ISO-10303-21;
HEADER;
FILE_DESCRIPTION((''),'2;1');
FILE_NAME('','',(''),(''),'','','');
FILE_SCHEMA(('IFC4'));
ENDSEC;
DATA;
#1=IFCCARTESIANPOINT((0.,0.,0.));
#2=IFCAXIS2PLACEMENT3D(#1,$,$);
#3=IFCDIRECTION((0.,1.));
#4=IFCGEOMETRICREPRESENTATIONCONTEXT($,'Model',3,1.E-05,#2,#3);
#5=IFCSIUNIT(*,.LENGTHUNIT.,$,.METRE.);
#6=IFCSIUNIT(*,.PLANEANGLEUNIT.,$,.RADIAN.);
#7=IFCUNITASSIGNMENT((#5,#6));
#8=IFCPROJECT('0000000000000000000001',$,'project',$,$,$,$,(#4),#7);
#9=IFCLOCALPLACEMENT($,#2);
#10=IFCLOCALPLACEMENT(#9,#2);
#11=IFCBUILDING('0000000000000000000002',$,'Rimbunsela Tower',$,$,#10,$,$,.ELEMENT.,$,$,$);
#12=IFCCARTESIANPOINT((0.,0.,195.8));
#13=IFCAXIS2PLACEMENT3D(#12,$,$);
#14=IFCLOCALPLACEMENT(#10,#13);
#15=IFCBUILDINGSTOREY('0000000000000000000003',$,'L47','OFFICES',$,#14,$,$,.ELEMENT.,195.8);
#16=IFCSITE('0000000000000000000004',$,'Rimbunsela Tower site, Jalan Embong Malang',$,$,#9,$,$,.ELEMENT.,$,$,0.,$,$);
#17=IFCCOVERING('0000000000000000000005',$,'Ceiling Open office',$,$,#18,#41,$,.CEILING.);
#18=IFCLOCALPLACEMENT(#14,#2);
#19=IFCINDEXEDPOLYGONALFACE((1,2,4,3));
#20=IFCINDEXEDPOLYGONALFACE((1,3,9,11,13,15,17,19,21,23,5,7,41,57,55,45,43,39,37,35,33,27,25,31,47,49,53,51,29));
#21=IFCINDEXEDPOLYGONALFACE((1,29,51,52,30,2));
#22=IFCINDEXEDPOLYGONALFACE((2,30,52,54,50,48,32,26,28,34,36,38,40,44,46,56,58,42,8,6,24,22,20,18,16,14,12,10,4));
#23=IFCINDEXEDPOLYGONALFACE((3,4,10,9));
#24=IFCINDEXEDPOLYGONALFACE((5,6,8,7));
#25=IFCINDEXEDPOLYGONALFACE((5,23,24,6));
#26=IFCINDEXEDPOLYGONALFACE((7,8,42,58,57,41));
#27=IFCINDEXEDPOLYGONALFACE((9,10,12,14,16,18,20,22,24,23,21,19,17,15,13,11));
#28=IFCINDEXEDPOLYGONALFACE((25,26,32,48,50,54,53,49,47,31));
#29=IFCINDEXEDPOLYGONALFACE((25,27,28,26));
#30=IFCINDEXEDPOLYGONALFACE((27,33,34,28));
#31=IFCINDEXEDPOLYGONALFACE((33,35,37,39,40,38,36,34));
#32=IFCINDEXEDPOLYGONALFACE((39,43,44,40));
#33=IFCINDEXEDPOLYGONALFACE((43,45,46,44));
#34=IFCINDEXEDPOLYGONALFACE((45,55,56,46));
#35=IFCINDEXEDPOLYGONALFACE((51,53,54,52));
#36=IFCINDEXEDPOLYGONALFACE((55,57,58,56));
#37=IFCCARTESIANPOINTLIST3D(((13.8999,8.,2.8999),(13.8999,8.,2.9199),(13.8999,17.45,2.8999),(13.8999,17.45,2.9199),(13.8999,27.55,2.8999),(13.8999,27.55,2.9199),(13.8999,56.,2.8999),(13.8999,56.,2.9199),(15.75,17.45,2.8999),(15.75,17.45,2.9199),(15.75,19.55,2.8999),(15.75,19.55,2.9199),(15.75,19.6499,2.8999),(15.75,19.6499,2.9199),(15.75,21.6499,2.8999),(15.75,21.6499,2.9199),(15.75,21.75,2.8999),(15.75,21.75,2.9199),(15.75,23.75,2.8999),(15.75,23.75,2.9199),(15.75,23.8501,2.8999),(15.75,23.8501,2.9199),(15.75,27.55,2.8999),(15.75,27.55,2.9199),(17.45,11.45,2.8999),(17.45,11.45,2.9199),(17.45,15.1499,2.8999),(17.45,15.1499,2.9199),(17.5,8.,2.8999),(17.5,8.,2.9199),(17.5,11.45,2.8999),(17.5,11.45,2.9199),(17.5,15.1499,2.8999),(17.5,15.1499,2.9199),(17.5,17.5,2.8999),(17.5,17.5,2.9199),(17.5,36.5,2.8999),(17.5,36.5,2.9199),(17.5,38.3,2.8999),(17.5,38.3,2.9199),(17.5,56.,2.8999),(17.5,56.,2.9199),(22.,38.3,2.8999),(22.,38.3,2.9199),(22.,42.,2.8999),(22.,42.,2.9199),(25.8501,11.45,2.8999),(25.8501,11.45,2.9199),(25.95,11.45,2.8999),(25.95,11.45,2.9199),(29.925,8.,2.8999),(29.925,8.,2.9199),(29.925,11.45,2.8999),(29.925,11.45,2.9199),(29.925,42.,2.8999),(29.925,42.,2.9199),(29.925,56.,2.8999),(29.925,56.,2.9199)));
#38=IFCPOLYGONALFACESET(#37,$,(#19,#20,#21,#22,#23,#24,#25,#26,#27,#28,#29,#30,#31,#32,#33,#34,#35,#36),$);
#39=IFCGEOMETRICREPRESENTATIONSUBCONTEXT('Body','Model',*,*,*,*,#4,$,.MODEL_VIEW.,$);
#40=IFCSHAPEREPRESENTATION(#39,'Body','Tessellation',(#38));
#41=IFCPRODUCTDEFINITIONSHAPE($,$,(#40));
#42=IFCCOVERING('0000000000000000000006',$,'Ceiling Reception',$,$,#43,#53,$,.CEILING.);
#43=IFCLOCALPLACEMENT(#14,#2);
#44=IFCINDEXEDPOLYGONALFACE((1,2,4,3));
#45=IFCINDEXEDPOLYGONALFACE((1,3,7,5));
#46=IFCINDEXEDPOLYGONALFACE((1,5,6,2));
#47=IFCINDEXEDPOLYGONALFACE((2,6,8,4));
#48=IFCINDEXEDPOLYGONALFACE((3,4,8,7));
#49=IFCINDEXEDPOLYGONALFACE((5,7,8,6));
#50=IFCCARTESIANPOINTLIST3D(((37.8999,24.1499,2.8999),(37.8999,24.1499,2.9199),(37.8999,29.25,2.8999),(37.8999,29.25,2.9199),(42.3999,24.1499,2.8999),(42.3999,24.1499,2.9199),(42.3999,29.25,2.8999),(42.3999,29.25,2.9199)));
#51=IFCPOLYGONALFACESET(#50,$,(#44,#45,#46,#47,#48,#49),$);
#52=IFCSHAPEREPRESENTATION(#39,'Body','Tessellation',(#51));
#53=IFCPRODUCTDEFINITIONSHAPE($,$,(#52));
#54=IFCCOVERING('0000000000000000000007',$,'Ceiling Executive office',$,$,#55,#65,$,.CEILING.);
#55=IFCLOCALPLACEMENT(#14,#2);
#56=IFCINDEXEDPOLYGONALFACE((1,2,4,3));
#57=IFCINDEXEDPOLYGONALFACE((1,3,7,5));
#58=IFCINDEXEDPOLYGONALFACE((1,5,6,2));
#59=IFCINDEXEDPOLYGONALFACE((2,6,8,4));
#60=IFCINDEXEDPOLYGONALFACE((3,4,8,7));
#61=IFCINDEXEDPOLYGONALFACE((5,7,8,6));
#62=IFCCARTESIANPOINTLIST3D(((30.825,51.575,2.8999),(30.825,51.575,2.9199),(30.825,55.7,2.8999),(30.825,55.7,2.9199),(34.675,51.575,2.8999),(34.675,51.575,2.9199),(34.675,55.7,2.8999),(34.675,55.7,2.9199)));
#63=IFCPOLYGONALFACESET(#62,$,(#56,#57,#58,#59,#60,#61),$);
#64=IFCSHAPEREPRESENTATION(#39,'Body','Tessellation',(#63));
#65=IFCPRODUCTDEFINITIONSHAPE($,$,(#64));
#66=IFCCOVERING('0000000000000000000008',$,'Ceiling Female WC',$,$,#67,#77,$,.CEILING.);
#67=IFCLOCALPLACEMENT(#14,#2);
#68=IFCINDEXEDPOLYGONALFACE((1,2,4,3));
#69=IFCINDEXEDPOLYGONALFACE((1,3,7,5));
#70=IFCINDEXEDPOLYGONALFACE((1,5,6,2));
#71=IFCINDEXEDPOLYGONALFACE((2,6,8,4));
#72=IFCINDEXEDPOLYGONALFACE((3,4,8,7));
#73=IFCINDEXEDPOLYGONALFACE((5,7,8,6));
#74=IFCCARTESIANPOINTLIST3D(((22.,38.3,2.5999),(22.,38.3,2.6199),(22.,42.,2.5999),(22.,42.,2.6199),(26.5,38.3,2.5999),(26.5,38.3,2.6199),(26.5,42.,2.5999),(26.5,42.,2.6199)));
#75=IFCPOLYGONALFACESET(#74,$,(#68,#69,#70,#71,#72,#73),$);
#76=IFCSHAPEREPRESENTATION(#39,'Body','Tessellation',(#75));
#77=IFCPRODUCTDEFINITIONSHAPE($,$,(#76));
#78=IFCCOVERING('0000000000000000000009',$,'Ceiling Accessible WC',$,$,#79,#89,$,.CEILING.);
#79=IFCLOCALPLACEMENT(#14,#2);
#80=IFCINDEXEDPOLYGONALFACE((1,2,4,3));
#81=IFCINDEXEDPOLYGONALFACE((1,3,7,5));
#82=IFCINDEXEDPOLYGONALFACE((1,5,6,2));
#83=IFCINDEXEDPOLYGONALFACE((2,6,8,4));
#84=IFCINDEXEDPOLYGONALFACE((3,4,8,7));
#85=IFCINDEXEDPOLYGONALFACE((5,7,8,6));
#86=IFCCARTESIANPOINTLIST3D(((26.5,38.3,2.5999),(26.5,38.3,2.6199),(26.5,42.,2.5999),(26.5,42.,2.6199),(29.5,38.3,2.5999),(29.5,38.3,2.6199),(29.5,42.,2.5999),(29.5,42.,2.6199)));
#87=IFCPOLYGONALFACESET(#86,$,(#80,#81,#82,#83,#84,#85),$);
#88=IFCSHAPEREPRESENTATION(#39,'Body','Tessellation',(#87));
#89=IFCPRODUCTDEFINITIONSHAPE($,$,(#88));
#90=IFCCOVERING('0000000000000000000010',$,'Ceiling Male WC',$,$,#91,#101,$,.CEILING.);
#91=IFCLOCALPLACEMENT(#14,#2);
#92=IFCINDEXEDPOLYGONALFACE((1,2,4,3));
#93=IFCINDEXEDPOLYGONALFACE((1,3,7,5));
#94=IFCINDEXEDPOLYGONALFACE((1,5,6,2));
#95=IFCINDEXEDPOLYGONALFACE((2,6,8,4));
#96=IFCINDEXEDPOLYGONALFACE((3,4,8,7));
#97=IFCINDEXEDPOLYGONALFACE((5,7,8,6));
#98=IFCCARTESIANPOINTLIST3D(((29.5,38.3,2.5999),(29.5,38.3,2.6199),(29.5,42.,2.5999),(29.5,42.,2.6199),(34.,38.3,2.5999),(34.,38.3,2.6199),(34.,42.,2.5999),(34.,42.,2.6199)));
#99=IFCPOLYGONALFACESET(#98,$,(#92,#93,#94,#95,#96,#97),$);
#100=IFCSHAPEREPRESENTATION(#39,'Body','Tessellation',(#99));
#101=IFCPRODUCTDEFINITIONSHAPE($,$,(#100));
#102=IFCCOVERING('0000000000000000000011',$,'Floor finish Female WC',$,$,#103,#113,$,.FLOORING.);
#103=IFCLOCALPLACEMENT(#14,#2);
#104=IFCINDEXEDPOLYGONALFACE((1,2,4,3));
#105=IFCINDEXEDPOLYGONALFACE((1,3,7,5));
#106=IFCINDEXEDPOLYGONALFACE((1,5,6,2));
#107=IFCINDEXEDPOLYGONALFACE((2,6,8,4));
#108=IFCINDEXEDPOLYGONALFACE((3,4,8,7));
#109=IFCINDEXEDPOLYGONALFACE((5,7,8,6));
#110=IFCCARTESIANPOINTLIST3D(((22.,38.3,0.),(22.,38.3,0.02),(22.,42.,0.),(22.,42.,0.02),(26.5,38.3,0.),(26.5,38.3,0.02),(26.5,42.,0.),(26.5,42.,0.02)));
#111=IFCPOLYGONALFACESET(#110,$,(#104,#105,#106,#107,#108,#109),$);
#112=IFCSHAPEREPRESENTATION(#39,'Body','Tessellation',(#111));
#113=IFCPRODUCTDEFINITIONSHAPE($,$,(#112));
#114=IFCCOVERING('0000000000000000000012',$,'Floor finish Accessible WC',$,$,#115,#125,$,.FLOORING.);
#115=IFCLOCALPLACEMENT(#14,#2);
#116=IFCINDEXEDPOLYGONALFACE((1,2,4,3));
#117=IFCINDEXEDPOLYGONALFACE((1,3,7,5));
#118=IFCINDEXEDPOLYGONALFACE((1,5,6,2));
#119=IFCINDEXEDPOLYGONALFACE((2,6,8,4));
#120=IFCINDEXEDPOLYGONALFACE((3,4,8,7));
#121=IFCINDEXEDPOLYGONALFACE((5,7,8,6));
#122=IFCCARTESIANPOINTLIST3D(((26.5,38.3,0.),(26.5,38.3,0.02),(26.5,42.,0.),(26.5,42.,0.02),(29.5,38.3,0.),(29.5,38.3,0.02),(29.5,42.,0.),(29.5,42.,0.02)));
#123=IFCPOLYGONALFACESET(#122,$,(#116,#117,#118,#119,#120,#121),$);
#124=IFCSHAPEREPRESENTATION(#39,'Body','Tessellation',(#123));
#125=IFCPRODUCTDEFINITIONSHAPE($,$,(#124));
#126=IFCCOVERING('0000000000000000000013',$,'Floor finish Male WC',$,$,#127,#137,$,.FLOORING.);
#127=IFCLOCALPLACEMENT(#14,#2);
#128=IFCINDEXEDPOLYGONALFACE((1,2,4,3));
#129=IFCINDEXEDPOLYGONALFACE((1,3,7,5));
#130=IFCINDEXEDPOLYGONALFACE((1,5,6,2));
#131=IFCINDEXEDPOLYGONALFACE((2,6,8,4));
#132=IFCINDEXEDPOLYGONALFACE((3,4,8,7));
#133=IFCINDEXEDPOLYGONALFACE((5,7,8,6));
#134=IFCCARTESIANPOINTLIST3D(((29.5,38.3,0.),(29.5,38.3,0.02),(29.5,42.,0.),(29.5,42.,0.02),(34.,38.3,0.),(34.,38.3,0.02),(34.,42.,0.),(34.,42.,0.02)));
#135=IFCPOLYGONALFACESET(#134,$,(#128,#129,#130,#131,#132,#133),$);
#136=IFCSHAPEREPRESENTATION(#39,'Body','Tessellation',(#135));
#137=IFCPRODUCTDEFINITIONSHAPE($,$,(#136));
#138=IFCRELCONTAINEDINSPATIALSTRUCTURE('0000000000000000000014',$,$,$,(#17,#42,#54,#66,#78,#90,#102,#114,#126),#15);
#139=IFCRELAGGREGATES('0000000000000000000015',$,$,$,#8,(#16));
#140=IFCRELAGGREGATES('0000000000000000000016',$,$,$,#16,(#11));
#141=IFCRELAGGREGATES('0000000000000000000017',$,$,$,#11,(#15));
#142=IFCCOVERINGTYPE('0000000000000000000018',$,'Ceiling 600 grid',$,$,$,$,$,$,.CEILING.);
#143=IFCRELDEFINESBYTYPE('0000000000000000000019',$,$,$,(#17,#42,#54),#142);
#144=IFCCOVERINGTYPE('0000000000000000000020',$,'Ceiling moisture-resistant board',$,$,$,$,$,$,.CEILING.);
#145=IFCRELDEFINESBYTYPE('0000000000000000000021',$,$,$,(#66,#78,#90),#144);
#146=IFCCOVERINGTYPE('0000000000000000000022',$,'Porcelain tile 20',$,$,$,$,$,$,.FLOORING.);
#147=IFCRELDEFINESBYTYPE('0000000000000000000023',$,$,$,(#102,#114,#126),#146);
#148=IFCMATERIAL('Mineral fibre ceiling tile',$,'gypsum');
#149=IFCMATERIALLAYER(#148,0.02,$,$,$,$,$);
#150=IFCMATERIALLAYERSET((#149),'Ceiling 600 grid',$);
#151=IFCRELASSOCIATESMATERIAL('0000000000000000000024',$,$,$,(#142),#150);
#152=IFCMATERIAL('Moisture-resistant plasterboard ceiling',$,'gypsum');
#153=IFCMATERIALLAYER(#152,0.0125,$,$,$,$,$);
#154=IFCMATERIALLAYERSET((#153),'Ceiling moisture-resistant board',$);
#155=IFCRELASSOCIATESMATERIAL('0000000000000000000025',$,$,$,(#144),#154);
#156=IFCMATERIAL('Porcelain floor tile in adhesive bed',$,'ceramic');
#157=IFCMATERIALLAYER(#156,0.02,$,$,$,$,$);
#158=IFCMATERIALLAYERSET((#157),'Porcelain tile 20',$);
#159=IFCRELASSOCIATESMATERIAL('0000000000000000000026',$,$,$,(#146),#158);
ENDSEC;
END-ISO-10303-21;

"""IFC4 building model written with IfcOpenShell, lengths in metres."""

from ifc_helpers import new_model, si_unit, direction, frame, origin, place, context, subcontext, project, spatial, polyline, outline, extrude, material, layer, layer_set, type_object, element, save


model = new_model("IFC4")

# Units and contexts
model_context = context("Model", 3, precision=1e-05, world=origin(), true_north=direction((0.0, 1.0)))
body_context = subcontext(model_context, "Body", "Model", "MODEL_VIEW")
ifc_project = project(units=[si_unit("LENGTHUNIT", "METRE"), si_unit("PLANEANGLEUNIT", "RADIAN")], contexts=[model_context])

# Site, building, storey
site_placement = place(None, origin())
site = spatial("IfcSite", under=ifc_project, at=site_placement, Name="Rimbunsela Tower site, Jalan Embong Malang", CompositionType="ELEMENT", RefElevation=0.0)
building_placement = place(site_placement, origin())
building = spatial("IfcBuilding", under=site, at=building_placement, Name="Rimbunsela Tower", CompositionType="ELEMENT")
storey_placement = place(building_placement, frame((0.0, 0.0, 195.8)))
storey = spatial("IfcBuildingStorey", under=building, at=storey_placement, Name="L47", Description="OFFICES", CompositionType="ELEMENT", Elevation=195.8)

# Coverings
ifc_material_1 = material(Name="Mineral fibre ceiling tile", Category="gypsum")
ifc_layer_1 = layer(ifc_material_1, 0.02)
ifc_layer_set_1 = layer_set([ifc_layer_1], Name="Ceiling 600 grid")
covering_type_1 = type_object("IfcCoveringType", Name="Ceiling 600 grid", PredefinedType="CEILING", material=ifc_layer_set_1)
covering_1_placement = place(storey_placement, frame((0.0, 0.0, 2.8999)))
element("IfcCovering", 1, at=covering_1_placement, inside=storey, type_object=covering_type_1, Name="Ceiling Open office", PredefinedType="CEILING", context=body_context, shape_type="SweptSolid", body=[
    extrude(outline(polyline([(17.5, 8.0), (13.8999, 8.0), (13.8999, 17.45), (15.75, 17.45), (15.75, 19.55), (15.75, 19.6499), (15.75, 21.6499), (15.75, 21.75), (15.75, 23.75), (15.75, 23.8501), (15.75, 27.55), (13.8999, 27.55), (13.8999, 56.0), (17.5, 56.0), (29.925, 56.0), (29.925, 42.0), (22.0, 42.0), (22.0, 38.3), (17.5, 38.3), (17.5, 36.5), (17.5, 17.5), (17.5, 15.1499), (17.45, 15.1499), (17.45, 11.45), (17.5, 11.45), (25.8501, 11.45), (25.95, 11.45), (29.925, 11.45), (29.925, 8.0), (17.5, 8.0)])), origin(), (0.0, 0.0, 1.0), 0.02),
])
covering_2_placement = place(storey_placement, frame((0.0, 0.0, 2.8999)))
element("IfcCovering", 2, at=covering_2_placement, inside=storey, type_object=covering_type_1, Name="Ceiling Reception", PredefinedType="CEILING", context=body_context, shape_type="SweptSolid", body=[
    extrude(outline(polyline([(42.3999, 24.1499), (42.3999, 29.25), (37.8999, 29.25), (37.8999, 24.1499), (42.3999, 24.1499)])), origin(), (0.0, 0.0, 1.0), 0.02),
])
covering_3_placement = place(storey_placement, frame((0.0, 0.0, 2.8999)))
element("IfcCovering", 3, at=covering_3_placement, inside=storey, type_object=covering_type_1, Name="Ceiling Executive office", PredefinedType="CEILING", context=body_context, shape_type="SweptSolid", body=[
    extrude(outline(polyline([(34.675, 51.575), (34.675, 55.7), (30.825, 55.7), (30.825, 51.575), (34.675, 51.575)])), origin(), (0.0, 0.0, 1.0), 0.02),
])
ifc_material_2 = material(Name="Moisture-resistant plasterboard ceiling", Category="gypsum")
ifc_layer_2 = layer(ifc_material_2, 0.0125)
ifc_layer_set_2 = layer_set([ifc_layer_2], Name="Ceiling moisture-resistant board")
covering_type_2 = type_object("IfcCoveringType", Name="Ceiling moisture-resistant board", PredefinedType="CEILING", material=ifc_layer_set_2)
covering_4_placement = place(storey_placement, frame((0.0, 0.0, 2.5999)))
element("IfcCovering", 4, at=covering_4_placement, inside=storey, type_object=covering_type_2, Name="Ceiling Female WC", PredefinedType="CEILING", context=body_context, shape_type="SweptSolid", body=[
    extrude(outline(polyline([(26.5, 38.3), (26.5, 42.0), (22.0, 42.0), (22.0, 38.3), (26.5, 38.3)])), origin(), (0.0, 0.0, 1.0), 0.02),
])
covering_5_placement = place(storey_placement, frame((0.0, 0.0, 2.5999)))
element("IfcCovering", 5, at=covering_5_placement, inside=storey, type_object=covering_type_2, Name="Ceiling Accessible WC", PredefinedType="CEILING", context=body_context, shape_type="SweptSolid", body=[
    extrude(outline(polyline([(29.5, 38.3), (29.5, 42.0), (26.5, 42.0), (26.5, 38.3), (29.5, 38.3)])), origin(), (0.0, 0.0, 1.0), 0.02),
])
covering_6_placement = place(storey_placement, frame((0.0, 0.0, 2.5999)))
element("IfcCovering", 6, at=covering_6_placement, inside=storey, type_object=covering_type_2, Name="Ceiling Male WC", PredefinedType="CEILING", context=body_context, shape_type="SweptSolid", body=[
    extrude(outline(polyline([(34.0, 38.3), (34.0, 42.0), (29.5, 42.0), (29.5, 38.3), (34.0, 38.3)])), origin(), (0.0, 0.0, 1.0), 0.02),
])
ifc_material_3 = material(Name="Porcelain floor tile in adhesive bed", Category="ceramic")
ifc_layer_3 = layer(ifc_material_3, 0.02)
ifc_layer_set_3 = layer_set([ifc_layer_3], Name="Porcelain tile 20")
covering_type_3 = type_object("IfcCoveringType", Name="Porcelain tile 20", PredefinedType="FLOORING", material=ifc_layer_set_3)
covering_7_placement = place(storey_placement, origin())
element("IfcCovering", 7, at=covering_7_placement, inside=storey, type_object=covering_type_3, Name="Floor finish Female WC", PredefinedType="FLOORING", context=body_context, shape_type="SweptSolid", body=[
    extrude(outline(polyline([(26.5, 38.3), (26.5, 42.0), (22.0, 42.0), (22.0, 38.3), (26.5, 38.3)])), origin(), (0.0, 0.0, 1.0), 0.02),
])
covering_8_placement = place(storey_placement, origin())
element("IfcCovering", 8, at=covering_8_placement, inside=storey, type_object=covering_type_3, Name="Floor finish Accessible WC", PredefinedType="FLOORING", context=body_context, shape_type="SweptSolid", body=[
    extrude(outline(polyline([(29.5, 38.3), (29.5, 42.0), (26.5, 42.0), (26.5, 38.3), (29.5, 38.3)])), origin(), (0.0, 0.0, 1.0), 0.02),
])
covering_9_placement = place(storey_placement, origin())
element("IfcCovering", 9, at=covering_9_placement, inside=storey, type_object=covering_type_3, Name="Floor finish Male WC", PredefinedType="FLOORING", context=body_context, shape_type="SweptSolid", body=[
    extrude(outline(polyline([(34.0, 38.3), (34.0, 42.0), (29.5, 42.0), (29.5, 38.3), (34.0, 38.3)])), origin(), (0.0, 0.0, 1.0), 0.02),
])

save(model, "model.ifc")
